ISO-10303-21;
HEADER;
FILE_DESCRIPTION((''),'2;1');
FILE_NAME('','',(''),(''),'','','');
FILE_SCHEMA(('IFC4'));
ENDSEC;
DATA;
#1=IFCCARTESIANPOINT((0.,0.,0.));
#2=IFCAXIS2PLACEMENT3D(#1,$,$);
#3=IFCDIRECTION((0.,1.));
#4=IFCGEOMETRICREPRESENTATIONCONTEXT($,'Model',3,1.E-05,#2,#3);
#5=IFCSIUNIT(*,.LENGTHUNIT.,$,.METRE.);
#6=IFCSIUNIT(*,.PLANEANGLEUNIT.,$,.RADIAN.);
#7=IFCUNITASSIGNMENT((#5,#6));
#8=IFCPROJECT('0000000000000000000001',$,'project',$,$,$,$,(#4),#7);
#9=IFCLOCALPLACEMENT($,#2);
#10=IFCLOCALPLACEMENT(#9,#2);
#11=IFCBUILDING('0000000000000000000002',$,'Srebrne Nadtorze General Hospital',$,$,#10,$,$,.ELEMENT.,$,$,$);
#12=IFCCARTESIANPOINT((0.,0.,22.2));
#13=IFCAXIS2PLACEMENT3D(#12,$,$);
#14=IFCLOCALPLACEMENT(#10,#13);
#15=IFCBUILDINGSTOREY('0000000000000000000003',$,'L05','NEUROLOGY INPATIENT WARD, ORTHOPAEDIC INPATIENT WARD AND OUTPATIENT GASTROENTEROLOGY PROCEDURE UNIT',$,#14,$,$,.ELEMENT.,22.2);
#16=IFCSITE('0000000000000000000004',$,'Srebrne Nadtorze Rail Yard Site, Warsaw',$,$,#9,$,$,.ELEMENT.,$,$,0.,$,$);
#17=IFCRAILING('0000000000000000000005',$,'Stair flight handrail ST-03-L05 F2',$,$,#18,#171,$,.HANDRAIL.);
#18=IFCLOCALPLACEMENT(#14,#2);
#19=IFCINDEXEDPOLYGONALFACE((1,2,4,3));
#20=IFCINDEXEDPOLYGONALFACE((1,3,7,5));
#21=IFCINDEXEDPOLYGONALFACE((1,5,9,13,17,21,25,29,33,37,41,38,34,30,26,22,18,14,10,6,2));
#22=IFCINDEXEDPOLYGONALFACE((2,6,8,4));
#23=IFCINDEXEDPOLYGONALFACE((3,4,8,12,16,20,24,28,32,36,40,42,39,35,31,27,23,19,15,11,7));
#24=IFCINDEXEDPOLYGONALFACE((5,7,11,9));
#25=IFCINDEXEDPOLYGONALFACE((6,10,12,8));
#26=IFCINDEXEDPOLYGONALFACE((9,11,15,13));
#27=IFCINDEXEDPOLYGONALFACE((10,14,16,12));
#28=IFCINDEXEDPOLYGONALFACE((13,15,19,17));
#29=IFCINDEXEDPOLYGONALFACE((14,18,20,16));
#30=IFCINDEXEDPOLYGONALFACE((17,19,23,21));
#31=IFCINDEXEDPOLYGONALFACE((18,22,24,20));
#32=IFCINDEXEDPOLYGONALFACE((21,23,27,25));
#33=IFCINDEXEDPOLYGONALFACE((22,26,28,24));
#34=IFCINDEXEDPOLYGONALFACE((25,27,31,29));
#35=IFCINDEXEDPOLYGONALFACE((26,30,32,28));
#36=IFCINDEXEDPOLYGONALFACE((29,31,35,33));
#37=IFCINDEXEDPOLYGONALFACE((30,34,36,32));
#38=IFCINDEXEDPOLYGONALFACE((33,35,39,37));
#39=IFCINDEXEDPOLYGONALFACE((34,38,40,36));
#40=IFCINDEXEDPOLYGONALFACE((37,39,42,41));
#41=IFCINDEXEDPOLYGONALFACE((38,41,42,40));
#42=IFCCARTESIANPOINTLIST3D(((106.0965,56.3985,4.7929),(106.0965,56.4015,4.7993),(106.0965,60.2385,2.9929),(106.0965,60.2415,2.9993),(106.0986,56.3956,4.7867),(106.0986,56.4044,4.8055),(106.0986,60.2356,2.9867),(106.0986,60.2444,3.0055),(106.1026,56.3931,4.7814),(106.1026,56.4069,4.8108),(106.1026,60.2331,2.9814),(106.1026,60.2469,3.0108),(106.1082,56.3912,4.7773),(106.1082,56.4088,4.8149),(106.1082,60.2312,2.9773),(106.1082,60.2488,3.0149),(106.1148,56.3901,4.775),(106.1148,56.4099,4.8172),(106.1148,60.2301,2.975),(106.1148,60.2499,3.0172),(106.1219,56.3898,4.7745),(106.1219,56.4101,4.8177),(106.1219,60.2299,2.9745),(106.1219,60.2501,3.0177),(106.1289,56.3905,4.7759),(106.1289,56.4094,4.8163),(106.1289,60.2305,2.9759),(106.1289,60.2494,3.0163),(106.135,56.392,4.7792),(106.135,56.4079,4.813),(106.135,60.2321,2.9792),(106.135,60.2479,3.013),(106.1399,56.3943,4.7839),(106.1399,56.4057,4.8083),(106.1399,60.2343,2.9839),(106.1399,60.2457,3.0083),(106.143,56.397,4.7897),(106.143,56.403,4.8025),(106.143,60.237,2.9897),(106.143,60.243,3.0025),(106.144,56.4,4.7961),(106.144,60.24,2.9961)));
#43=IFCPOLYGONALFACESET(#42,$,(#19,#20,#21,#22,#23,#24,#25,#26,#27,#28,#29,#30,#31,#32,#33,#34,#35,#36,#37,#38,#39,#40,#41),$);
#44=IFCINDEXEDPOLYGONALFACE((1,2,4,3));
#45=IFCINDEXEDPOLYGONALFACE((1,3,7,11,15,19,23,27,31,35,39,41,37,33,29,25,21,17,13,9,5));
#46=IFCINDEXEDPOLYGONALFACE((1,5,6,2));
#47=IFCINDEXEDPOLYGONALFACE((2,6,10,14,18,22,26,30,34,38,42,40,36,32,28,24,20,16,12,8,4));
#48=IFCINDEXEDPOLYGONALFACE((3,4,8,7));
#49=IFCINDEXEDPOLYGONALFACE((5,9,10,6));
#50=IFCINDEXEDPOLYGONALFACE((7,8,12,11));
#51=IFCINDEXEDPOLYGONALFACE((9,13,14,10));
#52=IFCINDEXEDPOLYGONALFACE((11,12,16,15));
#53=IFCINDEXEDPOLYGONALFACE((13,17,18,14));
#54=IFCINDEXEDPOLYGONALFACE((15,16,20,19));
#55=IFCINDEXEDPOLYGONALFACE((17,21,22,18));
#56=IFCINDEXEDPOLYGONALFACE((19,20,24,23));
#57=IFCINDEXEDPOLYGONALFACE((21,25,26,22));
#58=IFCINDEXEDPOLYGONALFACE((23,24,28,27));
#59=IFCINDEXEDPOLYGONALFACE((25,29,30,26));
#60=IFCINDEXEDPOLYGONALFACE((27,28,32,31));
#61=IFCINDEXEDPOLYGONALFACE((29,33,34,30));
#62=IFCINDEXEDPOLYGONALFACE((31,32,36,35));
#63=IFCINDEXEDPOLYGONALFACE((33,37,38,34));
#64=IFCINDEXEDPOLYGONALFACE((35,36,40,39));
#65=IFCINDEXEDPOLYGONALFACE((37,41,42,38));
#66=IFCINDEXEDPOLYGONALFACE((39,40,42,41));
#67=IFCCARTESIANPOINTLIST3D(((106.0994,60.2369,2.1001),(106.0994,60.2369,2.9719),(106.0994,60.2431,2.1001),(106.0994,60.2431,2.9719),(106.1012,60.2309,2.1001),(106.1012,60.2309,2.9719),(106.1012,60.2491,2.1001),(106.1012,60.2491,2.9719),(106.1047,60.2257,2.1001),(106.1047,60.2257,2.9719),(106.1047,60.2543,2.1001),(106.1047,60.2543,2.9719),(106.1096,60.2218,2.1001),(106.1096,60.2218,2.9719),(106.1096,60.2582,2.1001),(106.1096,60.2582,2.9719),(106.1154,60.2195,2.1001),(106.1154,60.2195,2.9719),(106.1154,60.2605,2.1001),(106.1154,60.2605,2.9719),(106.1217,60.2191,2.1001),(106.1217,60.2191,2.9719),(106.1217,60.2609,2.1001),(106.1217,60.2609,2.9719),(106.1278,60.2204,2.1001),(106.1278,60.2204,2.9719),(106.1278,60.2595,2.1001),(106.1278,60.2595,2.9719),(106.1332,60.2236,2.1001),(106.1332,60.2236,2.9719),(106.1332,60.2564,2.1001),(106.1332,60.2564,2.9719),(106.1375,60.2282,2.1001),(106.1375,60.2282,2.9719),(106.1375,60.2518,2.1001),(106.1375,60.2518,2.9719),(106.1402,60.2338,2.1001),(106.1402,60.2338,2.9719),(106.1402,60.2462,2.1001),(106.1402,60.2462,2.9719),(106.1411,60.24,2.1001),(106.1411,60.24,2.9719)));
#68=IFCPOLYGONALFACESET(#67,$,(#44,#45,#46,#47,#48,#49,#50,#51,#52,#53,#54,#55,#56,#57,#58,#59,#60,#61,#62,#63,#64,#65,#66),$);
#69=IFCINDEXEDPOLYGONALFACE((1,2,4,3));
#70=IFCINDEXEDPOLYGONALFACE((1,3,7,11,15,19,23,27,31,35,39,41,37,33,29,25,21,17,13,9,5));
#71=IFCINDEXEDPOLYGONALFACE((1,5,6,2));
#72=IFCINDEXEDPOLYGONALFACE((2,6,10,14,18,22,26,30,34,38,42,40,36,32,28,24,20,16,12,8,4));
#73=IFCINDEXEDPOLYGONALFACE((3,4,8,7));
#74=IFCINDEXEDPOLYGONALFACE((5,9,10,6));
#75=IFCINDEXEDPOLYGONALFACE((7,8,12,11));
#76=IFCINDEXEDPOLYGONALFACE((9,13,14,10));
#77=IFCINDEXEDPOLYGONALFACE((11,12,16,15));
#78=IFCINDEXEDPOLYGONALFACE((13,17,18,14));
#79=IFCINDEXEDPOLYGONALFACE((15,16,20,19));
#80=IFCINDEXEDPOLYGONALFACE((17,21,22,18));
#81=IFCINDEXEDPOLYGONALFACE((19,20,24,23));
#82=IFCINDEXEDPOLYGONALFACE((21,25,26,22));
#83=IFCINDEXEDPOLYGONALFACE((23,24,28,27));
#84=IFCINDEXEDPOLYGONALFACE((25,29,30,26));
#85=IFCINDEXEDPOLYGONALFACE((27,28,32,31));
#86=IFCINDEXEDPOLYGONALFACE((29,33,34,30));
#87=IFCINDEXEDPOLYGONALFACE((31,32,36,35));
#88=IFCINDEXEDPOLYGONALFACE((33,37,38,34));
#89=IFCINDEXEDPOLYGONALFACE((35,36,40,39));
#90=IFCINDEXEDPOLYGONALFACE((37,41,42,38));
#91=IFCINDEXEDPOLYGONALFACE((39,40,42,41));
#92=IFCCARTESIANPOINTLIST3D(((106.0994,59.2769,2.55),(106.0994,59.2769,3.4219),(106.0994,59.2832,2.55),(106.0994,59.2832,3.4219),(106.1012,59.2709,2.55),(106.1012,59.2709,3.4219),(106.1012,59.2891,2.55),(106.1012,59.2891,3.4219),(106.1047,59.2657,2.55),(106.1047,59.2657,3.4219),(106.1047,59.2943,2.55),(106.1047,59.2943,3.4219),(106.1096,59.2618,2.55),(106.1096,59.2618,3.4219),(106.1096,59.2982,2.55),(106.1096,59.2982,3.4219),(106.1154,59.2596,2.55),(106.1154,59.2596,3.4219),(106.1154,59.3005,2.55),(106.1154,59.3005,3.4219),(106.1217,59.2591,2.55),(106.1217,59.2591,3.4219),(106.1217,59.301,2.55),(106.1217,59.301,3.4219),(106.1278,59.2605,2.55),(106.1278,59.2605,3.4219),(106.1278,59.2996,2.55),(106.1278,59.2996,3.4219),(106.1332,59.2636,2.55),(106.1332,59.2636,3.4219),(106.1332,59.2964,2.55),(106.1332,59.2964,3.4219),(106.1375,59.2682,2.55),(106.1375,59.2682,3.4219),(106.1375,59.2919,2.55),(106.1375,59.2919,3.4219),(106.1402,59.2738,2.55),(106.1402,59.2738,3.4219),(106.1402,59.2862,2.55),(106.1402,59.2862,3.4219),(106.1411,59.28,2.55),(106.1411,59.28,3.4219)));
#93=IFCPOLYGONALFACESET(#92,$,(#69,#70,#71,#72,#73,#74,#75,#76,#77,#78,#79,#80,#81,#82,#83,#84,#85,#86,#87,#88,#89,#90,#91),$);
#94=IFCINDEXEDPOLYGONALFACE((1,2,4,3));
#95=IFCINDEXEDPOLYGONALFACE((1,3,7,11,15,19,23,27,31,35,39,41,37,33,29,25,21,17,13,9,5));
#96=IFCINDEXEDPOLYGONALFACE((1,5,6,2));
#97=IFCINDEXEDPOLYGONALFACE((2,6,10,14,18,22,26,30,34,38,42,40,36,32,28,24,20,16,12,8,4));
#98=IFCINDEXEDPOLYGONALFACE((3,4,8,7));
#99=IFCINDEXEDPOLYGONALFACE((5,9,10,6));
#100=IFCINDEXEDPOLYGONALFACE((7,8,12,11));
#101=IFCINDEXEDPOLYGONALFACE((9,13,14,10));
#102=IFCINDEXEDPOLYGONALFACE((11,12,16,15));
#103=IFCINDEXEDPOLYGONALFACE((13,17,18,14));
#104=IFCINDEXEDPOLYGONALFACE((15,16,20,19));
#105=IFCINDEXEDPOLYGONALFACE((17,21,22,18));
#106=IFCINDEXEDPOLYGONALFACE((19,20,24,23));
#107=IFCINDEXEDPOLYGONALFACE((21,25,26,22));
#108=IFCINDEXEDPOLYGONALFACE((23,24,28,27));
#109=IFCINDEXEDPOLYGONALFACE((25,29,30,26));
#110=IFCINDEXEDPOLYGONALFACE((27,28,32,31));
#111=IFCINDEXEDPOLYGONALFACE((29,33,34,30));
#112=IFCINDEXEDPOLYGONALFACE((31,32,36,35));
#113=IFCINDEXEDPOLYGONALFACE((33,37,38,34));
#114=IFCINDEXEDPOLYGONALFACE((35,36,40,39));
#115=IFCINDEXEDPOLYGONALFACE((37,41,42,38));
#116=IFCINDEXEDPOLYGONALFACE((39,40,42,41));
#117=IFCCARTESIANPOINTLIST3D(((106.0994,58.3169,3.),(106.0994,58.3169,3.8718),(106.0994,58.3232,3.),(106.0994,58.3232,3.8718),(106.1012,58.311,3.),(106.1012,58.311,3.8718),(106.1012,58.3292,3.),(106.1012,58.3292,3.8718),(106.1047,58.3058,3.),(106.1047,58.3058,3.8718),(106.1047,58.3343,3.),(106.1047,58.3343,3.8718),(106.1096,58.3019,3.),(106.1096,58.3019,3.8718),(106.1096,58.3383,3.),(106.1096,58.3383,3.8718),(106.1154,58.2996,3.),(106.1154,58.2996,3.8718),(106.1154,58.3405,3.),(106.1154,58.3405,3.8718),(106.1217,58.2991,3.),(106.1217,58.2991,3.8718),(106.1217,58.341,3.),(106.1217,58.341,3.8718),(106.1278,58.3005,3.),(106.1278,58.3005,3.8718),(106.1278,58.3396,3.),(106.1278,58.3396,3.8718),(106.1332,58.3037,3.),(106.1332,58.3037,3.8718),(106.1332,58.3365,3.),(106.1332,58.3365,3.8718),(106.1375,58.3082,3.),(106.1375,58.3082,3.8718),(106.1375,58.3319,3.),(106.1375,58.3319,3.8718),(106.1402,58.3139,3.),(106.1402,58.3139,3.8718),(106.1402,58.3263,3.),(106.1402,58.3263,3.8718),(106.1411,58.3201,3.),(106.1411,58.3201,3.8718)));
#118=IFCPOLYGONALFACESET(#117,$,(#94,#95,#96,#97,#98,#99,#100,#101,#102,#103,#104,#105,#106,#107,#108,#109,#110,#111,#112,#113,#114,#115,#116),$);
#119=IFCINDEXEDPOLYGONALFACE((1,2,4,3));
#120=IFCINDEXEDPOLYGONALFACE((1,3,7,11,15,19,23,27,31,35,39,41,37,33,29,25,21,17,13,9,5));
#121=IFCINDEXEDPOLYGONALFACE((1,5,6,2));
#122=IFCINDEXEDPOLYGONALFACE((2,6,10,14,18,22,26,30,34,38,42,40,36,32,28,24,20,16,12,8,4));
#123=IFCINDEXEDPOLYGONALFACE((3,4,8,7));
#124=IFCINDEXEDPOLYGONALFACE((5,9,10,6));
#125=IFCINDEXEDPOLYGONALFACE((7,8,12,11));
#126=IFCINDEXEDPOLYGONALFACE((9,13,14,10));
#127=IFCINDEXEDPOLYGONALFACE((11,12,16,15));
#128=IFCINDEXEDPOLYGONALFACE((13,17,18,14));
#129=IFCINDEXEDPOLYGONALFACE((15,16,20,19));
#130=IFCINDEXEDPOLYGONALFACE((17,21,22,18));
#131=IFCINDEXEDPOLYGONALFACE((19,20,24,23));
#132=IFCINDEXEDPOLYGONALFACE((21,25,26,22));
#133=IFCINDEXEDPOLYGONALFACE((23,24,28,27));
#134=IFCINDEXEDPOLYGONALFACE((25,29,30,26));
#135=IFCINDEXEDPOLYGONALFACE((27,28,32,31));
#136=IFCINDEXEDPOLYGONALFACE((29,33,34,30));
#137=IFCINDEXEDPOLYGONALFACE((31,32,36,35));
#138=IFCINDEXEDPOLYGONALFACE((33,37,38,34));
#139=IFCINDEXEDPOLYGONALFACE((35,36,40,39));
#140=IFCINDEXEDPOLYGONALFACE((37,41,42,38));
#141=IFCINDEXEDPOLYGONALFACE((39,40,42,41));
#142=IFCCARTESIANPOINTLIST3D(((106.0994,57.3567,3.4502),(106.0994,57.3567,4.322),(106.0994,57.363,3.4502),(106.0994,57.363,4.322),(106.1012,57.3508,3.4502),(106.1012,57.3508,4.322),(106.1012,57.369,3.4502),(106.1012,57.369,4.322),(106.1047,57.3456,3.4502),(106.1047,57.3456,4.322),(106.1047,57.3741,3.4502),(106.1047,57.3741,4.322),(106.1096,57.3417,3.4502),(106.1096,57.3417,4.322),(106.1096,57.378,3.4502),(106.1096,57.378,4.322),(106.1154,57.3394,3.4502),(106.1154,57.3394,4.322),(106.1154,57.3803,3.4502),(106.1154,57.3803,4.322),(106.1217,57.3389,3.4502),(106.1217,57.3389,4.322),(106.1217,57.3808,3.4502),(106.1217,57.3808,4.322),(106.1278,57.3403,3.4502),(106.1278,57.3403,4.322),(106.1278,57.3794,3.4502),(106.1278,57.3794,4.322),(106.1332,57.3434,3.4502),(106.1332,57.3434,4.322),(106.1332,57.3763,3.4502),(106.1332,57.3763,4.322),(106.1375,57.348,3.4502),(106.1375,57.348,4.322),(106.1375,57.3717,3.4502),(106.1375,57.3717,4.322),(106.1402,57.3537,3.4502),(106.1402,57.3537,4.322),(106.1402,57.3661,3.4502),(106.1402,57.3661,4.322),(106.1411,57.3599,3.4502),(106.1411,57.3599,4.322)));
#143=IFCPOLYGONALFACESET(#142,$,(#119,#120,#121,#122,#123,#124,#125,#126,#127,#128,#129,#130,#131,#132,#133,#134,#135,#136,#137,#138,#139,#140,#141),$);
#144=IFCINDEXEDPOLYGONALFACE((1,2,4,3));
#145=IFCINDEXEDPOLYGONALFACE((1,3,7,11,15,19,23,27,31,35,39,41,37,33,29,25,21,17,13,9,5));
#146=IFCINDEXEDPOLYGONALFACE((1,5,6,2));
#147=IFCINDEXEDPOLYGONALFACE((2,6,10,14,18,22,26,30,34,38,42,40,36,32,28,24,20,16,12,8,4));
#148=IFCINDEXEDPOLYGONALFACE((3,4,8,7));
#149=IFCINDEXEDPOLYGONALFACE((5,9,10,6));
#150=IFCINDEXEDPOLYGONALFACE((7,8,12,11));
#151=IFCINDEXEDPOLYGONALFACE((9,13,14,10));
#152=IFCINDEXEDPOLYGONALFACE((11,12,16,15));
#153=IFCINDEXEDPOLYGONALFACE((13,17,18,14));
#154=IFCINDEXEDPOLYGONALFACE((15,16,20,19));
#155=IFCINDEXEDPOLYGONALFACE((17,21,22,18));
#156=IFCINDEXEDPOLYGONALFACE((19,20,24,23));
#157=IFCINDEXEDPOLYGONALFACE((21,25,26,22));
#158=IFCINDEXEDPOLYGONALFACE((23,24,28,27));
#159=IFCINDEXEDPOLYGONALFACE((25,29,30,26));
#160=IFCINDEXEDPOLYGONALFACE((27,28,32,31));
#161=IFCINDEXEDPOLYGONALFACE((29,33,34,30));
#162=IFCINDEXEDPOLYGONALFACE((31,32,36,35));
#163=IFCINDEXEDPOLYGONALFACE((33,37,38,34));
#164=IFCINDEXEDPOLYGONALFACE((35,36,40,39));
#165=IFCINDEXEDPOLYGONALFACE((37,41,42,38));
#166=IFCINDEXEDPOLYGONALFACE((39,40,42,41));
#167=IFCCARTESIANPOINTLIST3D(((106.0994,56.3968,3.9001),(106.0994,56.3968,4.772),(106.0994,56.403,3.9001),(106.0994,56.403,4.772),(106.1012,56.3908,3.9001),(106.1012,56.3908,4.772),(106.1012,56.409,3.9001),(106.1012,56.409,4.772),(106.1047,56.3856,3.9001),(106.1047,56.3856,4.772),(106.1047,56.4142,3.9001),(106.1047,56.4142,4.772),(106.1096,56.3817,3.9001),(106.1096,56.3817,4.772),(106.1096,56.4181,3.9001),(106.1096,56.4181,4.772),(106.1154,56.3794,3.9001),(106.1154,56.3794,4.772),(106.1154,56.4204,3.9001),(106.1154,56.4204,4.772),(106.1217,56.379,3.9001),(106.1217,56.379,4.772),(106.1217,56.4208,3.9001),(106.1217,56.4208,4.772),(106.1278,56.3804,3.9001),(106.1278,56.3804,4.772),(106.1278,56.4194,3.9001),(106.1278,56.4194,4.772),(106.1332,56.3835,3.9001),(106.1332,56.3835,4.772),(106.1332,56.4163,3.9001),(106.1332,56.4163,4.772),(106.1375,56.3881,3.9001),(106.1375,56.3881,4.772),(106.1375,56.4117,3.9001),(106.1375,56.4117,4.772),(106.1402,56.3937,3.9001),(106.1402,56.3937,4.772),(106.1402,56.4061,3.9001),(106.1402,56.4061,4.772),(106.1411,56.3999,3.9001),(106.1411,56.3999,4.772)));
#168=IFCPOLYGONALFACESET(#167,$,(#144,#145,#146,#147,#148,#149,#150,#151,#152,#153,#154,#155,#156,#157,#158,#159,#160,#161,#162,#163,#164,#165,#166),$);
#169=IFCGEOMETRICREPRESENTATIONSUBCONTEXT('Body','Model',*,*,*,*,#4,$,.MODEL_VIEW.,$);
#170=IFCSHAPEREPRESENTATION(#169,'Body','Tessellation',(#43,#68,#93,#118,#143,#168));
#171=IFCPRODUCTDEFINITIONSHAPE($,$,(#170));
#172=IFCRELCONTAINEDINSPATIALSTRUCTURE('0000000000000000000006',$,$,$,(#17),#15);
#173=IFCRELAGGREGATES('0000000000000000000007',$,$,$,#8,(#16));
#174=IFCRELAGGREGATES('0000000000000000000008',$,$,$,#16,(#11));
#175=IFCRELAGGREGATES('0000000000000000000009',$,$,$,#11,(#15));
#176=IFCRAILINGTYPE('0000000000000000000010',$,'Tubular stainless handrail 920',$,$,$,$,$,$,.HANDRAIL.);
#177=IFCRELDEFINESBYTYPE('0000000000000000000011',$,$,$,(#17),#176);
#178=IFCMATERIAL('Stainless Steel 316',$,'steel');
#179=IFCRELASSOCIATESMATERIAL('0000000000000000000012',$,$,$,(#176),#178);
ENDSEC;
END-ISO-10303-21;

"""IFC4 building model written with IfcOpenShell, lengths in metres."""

from ifc_helpers import new_model, si_unit, direction, frame, origin, origin_2d, place, context, subcontext, project, spatial, circle, extrude, material, type_object, element, save


model = new_model("IFC4")

# Units and contexts
model_context = context("Model", 3, precision=1e-05, world=origin(), true_north=direction((0.0, 1.0)))
body_context = subcontext(model_context, "Body", "Model", "MODEL_VIEW")
ifc_project = project(units=[si_unit("LENGTHUNIT", "METRE"), si_unit("PLANEANGLEUNIT", "RADIAN")], contexts=[model_context])

# Site, building, storey
site_placement = place(None, origin())
site = spatial("IfcSite", under=ifc_project, at=site_placement, Name="Srebrne Nadtorze Rail Yard Site, Warsaw", CompositionType="ELEMENT", RefElevation=0.0)
building_placement = place(site_placement, origin())
building = spatial("IfcBuilding", under=site, at=building_placement, Name="Srebrne Nadtorze General Hospital", CompositionType="ELEMENT")
storey_placement = place(building_placement, frame((0.0, 0.0, 22.2)))
storey = spatial("IfcBuildingStorey", under=building, at=storey_placement, Name="L05", Description="NEUROLOGY INPATIENT WARD, ORTHOPAEDIC INPATIENT WARD AND OUTPATIENT GASTROENTEROLOGY PROCEDURE UNIT", CompositionType="ELEMENT", Elevation=22.2)

# Railing
ifc_material_1 = material(Name="Stainless Steel 316", Category="steel")
railing_type_1 = type_object("IfcRailingType", Name="Tubular stainless handrail 920", PredefinedType="HANDRAIL", material=ifc_material_1)
railing_1_placement = place(storey_placement, frame((106.1201, 60.24, 2.1001)))
element("IfcRailing", 1, at=railing_1_placement, inside=storey, type_object=railing_type_1, Name="Stair flight handrail ST-03-L05 F2", PredefinedType="HANDRAIL", context=body_context, shape_type="SweptSolid", body=[
    extrude(circle(Radius=0.0239, at=origin_2d()), frame((0.0, 0.0, 0.896), z_axis=(0.0, -0.905458, 0.424435), x_axis=(1.0, 0.0, 0.0)), (0.0, 0.0, 1.0), 4.241),
    extrude(circle(Radius=0.021, at=origin_2d()), origin(), (0.0, 0.0, 1.0), 0.8718),
    extrude(circle(Radius=0.021, at=origin_2d()), frame((0.0, -0.96, 0.45)), (0.0, 0.0, 1.0), 0.8718),
    extrude(circle(Radius=0.021, at=origin_2d()), frame((0.0, -1.9199, 0.8999)), (0.0, 0.0, 1.0), 0.8718),
    extrude(circle(Radius=0.021, at=origin_2d()), frame((0.0, -2.8801, 1.3501)), (0.0, 0.0, 1.0), 0.8718),
    extrude(circle(Radius=0.021, at=origin_2d()), frame((0.0, -3.8401, 1.8)), (0.0, 0.0, 1.0), 0.8718),
])

save(model, "model.ifc")
